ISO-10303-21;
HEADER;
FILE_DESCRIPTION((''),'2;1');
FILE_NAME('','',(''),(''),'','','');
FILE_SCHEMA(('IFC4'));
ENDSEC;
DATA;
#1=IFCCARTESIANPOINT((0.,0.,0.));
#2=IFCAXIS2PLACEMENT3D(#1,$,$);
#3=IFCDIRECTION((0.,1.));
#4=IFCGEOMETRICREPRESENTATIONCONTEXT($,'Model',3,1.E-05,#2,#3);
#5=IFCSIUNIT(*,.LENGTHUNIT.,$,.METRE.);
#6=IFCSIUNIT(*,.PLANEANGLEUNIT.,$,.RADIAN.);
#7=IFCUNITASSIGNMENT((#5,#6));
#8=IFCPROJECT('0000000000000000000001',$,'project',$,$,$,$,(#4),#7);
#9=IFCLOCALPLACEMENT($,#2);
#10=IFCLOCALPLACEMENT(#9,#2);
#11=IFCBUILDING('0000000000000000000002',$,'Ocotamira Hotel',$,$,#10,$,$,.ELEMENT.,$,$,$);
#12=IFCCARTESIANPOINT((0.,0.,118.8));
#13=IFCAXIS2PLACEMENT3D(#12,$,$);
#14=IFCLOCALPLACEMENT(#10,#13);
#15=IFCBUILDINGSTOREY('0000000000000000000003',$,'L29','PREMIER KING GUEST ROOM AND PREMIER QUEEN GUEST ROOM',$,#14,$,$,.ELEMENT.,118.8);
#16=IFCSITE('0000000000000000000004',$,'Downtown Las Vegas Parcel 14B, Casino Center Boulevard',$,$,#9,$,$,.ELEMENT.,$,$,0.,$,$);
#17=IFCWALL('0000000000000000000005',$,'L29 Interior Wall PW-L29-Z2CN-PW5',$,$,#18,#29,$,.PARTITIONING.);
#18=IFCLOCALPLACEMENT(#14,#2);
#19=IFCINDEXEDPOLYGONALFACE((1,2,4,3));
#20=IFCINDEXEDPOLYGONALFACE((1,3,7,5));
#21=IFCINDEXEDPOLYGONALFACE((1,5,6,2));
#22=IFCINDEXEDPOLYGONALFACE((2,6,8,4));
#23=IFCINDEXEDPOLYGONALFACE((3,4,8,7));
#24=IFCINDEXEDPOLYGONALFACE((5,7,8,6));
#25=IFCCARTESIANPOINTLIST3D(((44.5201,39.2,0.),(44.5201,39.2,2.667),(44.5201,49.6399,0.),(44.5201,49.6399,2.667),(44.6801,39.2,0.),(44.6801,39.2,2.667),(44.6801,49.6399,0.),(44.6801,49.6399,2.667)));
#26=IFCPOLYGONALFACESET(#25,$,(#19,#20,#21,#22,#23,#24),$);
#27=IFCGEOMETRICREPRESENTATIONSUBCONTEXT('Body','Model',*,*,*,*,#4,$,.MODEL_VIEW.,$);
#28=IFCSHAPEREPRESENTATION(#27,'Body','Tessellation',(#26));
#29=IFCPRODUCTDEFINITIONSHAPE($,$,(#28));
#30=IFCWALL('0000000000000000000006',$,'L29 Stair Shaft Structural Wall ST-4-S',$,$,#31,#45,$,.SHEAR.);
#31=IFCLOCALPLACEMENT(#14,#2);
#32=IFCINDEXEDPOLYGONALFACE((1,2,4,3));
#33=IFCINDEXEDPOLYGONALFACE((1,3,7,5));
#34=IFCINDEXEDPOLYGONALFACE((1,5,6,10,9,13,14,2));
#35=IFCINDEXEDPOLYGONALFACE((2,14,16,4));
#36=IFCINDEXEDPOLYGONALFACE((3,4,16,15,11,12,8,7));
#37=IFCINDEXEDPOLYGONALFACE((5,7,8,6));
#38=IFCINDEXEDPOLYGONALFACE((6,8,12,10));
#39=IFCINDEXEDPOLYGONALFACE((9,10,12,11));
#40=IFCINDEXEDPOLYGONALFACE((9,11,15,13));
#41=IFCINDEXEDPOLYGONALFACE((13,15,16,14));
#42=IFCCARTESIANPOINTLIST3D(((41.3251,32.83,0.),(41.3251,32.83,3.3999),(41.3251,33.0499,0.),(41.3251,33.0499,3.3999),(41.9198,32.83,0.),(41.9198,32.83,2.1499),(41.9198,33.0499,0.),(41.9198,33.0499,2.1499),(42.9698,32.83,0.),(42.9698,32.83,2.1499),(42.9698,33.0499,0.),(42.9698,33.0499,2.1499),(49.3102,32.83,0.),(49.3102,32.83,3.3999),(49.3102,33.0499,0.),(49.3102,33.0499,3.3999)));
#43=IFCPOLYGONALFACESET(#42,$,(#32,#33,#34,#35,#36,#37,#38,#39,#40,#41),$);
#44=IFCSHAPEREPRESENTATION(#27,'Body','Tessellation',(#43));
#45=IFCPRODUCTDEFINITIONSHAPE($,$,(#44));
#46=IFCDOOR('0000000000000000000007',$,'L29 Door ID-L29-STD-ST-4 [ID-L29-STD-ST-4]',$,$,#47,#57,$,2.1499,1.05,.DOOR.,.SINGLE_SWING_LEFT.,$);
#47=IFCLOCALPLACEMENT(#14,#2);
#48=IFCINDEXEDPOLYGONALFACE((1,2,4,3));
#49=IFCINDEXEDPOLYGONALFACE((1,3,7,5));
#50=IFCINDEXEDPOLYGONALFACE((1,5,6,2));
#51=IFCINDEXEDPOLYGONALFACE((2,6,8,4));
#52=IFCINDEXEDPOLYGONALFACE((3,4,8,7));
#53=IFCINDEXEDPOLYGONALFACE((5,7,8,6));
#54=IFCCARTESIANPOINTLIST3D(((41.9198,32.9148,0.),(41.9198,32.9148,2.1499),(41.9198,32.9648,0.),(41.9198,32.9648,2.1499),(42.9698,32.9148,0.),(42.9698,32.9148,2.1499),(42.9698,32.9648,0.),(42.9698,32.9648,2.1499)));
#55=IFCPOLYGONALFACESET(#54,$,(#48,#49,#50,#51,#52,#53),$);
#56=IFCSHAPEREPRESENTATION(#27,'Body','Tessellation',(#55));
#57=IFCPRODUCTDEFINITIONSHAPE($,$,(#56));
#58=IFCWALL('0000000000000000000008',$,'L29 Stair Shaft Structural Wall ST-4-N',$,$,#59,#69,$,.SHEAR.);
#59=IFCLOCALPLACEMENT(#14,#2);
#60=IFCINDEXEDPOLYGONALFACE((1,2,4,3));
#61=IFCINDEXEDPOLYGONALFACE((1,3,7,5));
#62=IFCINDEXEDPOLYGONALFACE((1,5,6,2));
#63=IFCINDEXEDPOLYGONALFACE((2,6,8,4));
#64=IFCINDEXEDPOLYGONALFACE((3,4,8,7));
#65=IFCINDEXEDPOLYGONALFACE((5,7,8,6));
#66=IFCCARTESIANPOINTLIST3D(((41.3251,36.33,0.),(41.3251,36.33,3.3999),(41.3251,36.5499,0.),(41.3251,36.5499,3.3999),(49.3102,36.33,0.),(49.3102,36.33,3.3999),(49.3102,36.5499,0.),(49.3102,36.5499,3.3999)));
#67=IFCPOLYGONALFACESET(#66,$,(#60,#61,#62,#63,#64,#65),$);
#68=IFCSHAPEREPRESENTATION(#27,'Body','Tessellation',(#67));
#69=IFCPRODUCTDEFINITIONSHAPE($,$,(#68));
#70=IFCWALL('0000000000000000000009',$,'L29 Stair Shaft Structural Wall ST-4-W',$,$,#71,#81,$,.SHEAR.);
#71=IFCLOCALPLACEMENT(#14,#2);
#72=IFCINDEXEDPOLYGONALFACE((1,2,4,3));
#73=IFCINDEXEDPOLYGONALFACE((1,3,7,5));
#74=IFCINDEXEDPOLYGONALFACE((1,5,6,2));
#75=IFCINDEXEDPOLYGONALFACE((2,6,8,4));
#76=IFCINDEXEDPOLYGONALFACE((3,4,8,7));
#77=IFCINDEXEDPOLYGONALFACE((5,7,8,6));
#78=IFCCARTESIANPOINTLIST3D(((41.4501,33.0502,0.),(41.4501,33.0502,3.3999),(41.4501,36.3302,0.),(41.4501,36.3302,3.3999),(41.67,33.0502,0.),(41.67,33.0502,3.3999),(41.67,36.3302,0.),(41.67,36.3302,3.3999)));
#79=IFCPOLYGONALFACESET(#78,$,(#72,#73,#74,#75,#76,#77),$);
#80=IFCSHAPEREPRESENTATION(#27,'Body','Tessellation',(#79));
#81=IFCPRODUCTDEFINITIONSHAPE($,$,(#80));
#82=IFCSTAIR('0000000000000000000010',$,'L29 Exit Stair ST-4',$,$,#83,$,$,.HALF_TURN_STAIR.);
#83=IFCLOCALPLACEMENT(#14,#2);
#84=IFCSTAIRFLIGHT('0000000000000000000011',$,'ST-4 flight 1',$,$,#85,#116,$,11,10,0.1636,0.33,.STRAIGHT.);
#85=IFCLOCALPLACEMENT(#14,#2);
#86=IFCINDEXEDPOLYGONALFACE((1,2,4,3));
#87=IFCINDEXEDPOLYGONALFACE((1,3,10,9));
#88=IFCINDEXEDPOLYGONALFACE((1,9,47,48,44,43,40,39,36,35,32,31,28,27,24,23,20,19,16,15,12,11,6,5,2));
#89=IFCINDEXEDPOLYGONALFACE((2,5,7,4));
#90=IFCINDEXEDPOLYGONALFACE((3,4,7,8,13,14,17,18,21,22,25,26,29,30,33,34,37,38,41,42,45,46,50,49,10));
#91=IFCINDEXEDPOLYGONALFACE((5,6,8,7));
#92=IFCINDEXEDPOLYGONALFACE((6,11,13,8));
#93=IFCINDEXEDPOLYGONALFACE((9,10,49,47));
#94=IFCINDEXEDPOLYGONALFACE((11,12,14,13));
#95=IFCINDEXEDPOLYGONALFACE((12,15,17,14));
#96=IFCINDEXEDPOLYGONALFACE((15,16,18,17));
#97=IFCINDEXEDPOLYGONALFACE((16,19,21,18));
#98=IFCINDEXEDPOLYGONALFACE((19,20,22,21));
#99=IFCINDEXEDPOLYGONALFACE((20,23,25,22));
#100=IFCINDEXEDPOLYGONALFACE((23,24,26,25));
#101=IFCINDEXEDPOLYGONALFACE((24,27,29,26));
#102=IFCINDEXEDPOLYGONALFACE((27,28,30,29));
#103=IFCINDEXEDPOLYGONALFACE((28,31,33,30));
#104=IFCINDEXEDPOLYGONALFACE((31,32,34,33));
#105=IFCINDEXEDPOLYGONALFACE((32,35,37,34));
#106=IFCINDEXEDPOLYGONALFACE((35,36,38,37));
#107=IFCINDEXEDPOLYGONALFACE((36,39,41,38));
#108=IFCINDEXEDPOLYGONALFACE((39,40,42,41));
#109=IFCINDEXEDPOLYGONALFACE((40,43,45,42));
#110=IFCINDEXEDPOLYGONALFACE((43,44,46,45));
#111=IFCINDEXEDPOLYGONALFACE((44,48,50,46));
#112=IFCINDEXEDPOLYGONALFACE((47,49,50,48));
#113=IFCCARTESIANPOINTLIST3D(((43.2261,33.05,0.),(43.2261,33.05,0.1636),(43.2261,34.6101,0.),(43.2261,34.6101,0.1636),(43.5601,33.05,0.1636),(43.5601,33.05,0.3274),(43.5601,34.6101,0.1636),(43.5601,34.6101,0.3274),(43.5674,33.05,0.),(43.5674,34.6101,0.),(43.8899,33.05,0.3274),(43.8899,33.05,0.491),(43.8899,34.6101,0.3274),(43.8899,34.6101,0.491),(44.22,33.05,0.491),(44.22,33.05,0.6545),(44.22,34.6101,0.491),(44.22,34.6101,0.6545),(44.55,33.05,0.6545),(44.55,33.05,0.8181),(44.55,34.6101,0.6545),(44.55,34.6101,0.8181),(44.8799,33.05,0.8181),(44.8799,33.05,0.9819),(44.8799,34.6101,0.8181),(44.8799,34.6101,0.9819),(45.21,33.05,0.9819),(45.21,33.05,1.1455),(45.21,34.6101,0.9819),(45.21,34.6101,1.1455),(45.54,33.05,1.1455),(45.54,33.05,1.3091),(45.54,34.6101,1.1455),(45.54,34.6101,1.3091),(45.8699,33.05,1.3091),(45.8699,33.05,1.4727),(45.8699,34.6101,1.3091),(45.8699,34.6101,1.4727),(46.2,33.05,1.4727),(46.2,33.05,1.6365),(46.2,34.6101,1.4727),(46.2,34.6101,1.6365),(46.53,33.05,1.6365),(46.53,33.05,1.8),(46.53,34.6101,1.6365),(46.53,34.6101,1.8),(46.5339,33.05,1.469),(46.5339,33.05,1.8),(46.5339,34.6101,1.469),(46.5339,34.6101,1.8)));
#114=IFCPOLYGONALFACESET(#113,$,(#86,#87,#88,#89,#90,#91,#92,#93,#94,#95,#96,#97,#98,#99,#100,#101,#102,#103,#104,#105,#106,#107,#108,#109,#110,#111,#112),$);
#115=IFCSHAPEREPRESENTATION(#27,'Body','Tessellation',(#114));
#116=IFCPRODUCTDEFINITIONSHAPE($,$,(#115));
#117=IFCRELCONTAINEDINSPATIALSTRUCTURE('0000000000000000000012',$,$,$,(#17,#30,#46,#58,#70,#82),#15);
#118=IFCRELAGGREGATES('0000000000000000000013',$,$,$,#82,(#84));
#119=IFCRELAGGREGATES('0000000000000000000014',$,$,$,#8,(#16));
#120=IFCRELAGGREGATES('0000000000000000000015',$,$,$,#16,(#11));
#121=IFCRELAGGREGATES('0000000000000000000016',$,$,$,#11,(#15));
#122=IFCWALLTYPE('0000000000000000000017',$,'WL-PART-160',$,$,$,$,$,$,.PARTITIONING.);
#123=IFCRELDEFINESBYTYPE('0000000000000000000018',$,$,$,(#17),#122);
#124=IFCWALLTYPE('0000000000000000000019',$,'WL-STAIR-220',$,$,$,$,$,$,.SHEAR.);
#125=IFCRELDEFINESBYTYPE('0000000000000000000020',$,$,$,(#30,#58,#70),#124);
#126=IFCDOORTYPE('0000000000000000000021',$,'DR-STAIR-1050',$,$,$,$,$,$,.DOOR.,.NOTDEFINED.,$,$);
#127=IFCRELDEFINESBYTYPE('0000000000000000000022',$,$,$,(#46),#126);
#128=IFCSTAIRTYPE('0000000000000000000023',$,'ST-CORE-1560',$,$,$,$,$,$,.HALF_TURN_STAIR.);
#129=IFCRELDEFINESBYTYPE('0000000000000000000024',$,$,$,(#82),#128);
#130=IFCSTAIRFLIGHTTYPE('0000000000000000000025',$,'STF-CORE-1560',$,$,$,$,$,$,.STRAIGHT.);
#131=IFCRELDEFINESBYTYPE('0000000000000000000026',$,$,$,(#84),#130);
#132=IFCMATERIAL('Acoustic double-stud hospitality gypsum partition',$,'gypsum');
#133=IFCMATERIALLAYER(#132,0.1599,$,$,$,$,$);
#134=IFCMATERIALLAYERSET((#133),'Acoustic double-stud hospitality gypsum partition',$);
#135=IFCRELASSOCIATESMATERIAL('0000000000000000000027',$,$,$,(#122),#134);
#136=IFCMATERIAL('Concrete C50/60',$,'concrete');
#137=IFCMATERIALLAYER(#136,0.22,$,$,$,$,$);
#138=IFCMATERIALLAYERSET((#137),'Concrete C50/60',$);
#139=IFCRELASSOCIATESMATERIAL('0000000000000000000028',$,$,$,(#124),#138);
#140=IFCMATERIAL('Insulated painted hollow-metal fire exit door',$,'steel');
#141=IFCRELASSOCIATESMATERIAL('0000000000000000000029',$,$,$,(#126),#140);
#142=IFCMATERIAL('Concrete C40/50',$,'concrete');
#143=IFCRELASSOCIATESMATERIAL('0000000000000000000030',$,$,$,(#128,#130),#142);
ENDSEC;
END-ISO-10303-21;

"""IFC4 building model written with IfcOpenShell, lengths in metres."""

from ifc_helpers import new_model, si_unit, direction, frame, frame_2d, origin, place, context, subcontext, project, spatial, polyline, rectangle, outline, extrude, source, transform, mapped, material, layer, layer_set, type_object, element, fill, aggregate, save


model = new_model("IFC4")

# Units and contexts
model_context = context("Model", 3, precision=1e-05, world=origin(), true_north=direction((0.0, 1.0)))
body_context = subcontext(model_context, "Body", "Model", "MODEL_VIEW")
ifc_project = project(units=[si_unit("LENGTHUNIT", "METRE"), si_unit("PLANEANGLEUNIT", "RADIAN")], contexts=[model_context])

# Site, building, storey
site_placement = place(None, origin())
site = spatial("IfcSite", under=ifc_project, at=site_placement, Name="Downtown Las Vegas Parcel 14B, Casino Center Boulevard", CompositionType="ELEMENT", RefElevation=0.0)
building_placement = place(site_placement, origin())
building = spatial("IfcBuilding", under=site, at=building_placement, Name="Ocotamira Hotel", CompositionType="ELEMENT")
storey_placement = place(building_placement, frame((0.0, 0.0, 118.8)))
storey = spatial("IfcBuildingStorey", under=building, at=storey_placement, Name="L29", Description="PREMIER KING GUEST ROOM AND PREMIER QUEEN GUEST ROOM", CompositionType="ELEMENT", Elevation=118.8)

# Wall
ifc_material_1 = material(Name="Acoustic double-stud hospitality gypsum partition", Category="gypsum")
ifc_layer_1 = layer(ifc_material_1, 0.1599)
ifc_layer_set_1 = layer_set([ifc_layer_1], Name="Acoustic double-stud hospitality gypsum partition")
wall_type_1 = type_object("IfcWallType", Name="WL-PART-160", PredefinedType="PARTITIONING", material=ifc_layer_set_1)
wall_1_placement = place(storey_placement, frame((44.6001, 39.2, 0.0), z_axis=(0.0, 0.0, 1.0), x_axis=(0.0, 1.0, 0.0)))
element("IfcWall", 1, at=wall_1_placement, inside=storey, type_object=wall_type_1, Name="L29 Interior Wall PW-L29-Z2CN-PW5", PredefinedType="PARTITIONING", context=body_context, shape_type="SweptSolid", body=[
    extrude(rectangle(XDim=10.4399, YDim=0.1599, at=frame_2d((5.22, 0.0))), origin(), (0.0, 0.0, 1.0), 2.667),
])

# Wall, opening, door
ifc_material_2 = material(Name="Concrete C50/60", Category="concrete")
ifc_layer_2 = layer(ifc_material_2, 0.22)
ifc_layer_set_2 = layer_set([ifc_layer_2], Name="Concrete C50/60")
wall_type_2 = type_object("IfcWallType", Name="WL-STAIR-220", PredefinedType="SHEAR", material=ifc_layer_set_2)
wall_2_placement = place(storey_placement, frame((41.325, 32.9399, 0.0), z_axis=(0.0, 0.0, 1.0), x_axis=(1.0, 0.0, 0.0)))
wall_2 = element("IfcWall", 2, at=wall_2_placement, inside=storey, type_object=wall_type_2, Name="L29 Stair Shaft Structural Wall ST-4-S", PredefinedType="SHEAR", context=body_context, shape_type="SweptSolid", body=[
    extrude(rectangle(XDim=7.9851, YDim=0.22, at=frame_2d((3.9927, 0.0))), origin(), (0.0, 0.0, 1.0), 3.3999),
])
opening_1_placement = place(wall_2_placement, frame((0.595, 0.0, 0.0)))
opening_1 = element("IfcOpeningElement", 3, at=opening_1_placement, cuts=wall_2, PredefinedType="OPENING", context=body_context, shape_type="SweptSolid", body=[
    extrude(rectangle(XDim=1.05, YDim=2.1499, at=frame_2d((0.5249, 1.075))), frame((0.0, 0.1201, 0.0), z_axis=(0.0, -1.0, 0.0), x_axis=(1.0, 0.0, 0.0)), (0.0, 0.0, 1.0), 0.24),
])
ifc_material_3 = material(Name="Insulated painted hollow-metal fire exit door", Category="steel")
door_type_1 = type_object("IfcDoorType", Name="DR-STAIR-1050", OperationType="NOTDEFINED", PredefinedType="DOOR", material=ifc_material_3)
shared_shape_1 = source(origin(), body_context, "Body", "SweptSolid", [
    extrude(rectangle(XDim=1.05, YDim=2.1499, at=frame_2d((0.5249, 1.075))), frame((0.0, 0.0249, 0.0), z_axis=(0.0, -1.0, 0.0), x_axis=(1.0, 0.0, 0.0)), (0.0, 0.0, 1.0), 0.05),
])
door_1_placement = place(opening_1_placement, origin())
door_1 = element("IfcDoor", 4, at=door_1_placement, inside=storey, type_object=door_type_1, Name="L29 Door ID-L29-STD-ST-4 [ID-L29-STD-ST-4]", OperationType="SINGLE_SWING_LEFT", OverallHeight=2.1499, OverallWidth=1.05, PredefinedType="DOOR", context=body_context, shape_type="MappedRepresentation", body=[
    mapped(shared_shape_1, transform((0.0, 0.0, 0.0), scale=1.0)),
])
fill(opening_1, door_1)

# Walls
wall_3_placement = place(storey_placement, frame((41.325, 36.4399, 0.0), z_axis=(0.0, 0.0, 1.0), x_axis=(1.0, 0.0, 0.0)))
element("IfcWall", 5, at=wall_3_placement, inside=storey, type_object=wall_type_2, Name="L29 Stair Shaft Structural Wall ST-4-N", PredefinedType="SHEAR", context=body_context, shape_type="SweptSolid", body=[
    extrude(rectangle(XDim=7.9851, YDim=0.22, at=frame_2d((3.9927, 0.0))), origin(), (0.0, 0.0, 1.0), 3.3999),
])
wall_4_placement = place(storey_placement, frame((41.5601, 33.05, 0.0), z_axis=(0.0, 0.0, 1.0), x_axis=(0.0, 1.0, 0.0)))
element("IfcWall", 6, at=wall_4_placement, inside=storey, type_object=wall_type_2, Name="L29 Stair Shaft Structural Wall ST-4-W", PredefinedType="SHEAR", context=body_context, shape_type="SweptSolid", body=[
    extrude(rectangle(XDim=3.28, YDim=0.22, at=frame_2d((1.6401, 0.0))), origin(), (0.0, 0.0, 1.0), 3.3999),
])

# Stair, stair flight
ifc_material_4 = material(Name="Concrete C40/50", Category="concrete")
stair_type = type_object("IfcStairType", Name="ST-CORE-1560", PredefinedType="HALF_TURN_STAIR", material=ifc_material_4)
stair_placement = place(storey_placement, origin())
stair = element("IfcStair", 7, at=stair_placement, inside=storey, type_object=stair_type, Name="L29 Exit Stair ST-4", PredefinedType="HALF_TURN_STAIR")
stair_flight_type = type_object("IfcStairFlightType", Name="STF-CORE-1560", PredefinedType="STRAIGHT", material=ifc_material_4)
shared_shape_2 = source(origin(), body_context, "Body", "SweptSolid", [
    extrude(outline(polyline([(-0.0039, 0.0), (-0.0039, 0.1636), (0.3301, 0.1636), (0.3301, 0.3274), (0.6599, 0.3274), (0.6599, 0.491), (0.99, 0.491), (0.99, 0.6545), (1.3201, 0.6545), (1.3201, 0.8181), (1.6499, 0.8181), (1.6499, 0.9819), (1.98, 0.9819), (1.98, 1.1455), (2.3101, 1.1455), (2.3101, 1.3091), (2.6399, 1.3091), (2.6399, 1.4727), (2.97, 1.4727), (2.97, 1.6365), (3.3, 1.6365), (3.3, 1.8), (3.304, 1.8), (3.304, 1.469), (0.3374, 0.0), (-0.0039, 0.0)])), frame((0.0, 0.78, 0.0), z_axis=(0.0, -1.0, 0.0), x_axis=(1.0, 0.0, 0.0)), (0.0, 0.0, 1.0), 1.5601),
])
stair_flight_placement = place(storey_placement, frame((43.23, 33.8301, 0.0), z_axis=(0.0, 0.0, 1.0), x_axis=(1.0, 0.0, 0.0)))
stair_flight = element("IfcStairFlight", 8, at=stair_flight_placement, type_object=stair_flight_type, Name="ST-4 flight 1", NumberOfRisers=11, NumberOfTreads=10, PredefinedType="STRAIGHT", RiserHeight=0.1636, TreadLength=0.33, context=body_context, shape_type="MappedRepresentation", body=[
    mapped(shared_shape_2, transform((0.0, 0.0, 0.0), scale=1.0)),
])
aggregate(stair, [stair_flight])

save(model, "model.ifc")
